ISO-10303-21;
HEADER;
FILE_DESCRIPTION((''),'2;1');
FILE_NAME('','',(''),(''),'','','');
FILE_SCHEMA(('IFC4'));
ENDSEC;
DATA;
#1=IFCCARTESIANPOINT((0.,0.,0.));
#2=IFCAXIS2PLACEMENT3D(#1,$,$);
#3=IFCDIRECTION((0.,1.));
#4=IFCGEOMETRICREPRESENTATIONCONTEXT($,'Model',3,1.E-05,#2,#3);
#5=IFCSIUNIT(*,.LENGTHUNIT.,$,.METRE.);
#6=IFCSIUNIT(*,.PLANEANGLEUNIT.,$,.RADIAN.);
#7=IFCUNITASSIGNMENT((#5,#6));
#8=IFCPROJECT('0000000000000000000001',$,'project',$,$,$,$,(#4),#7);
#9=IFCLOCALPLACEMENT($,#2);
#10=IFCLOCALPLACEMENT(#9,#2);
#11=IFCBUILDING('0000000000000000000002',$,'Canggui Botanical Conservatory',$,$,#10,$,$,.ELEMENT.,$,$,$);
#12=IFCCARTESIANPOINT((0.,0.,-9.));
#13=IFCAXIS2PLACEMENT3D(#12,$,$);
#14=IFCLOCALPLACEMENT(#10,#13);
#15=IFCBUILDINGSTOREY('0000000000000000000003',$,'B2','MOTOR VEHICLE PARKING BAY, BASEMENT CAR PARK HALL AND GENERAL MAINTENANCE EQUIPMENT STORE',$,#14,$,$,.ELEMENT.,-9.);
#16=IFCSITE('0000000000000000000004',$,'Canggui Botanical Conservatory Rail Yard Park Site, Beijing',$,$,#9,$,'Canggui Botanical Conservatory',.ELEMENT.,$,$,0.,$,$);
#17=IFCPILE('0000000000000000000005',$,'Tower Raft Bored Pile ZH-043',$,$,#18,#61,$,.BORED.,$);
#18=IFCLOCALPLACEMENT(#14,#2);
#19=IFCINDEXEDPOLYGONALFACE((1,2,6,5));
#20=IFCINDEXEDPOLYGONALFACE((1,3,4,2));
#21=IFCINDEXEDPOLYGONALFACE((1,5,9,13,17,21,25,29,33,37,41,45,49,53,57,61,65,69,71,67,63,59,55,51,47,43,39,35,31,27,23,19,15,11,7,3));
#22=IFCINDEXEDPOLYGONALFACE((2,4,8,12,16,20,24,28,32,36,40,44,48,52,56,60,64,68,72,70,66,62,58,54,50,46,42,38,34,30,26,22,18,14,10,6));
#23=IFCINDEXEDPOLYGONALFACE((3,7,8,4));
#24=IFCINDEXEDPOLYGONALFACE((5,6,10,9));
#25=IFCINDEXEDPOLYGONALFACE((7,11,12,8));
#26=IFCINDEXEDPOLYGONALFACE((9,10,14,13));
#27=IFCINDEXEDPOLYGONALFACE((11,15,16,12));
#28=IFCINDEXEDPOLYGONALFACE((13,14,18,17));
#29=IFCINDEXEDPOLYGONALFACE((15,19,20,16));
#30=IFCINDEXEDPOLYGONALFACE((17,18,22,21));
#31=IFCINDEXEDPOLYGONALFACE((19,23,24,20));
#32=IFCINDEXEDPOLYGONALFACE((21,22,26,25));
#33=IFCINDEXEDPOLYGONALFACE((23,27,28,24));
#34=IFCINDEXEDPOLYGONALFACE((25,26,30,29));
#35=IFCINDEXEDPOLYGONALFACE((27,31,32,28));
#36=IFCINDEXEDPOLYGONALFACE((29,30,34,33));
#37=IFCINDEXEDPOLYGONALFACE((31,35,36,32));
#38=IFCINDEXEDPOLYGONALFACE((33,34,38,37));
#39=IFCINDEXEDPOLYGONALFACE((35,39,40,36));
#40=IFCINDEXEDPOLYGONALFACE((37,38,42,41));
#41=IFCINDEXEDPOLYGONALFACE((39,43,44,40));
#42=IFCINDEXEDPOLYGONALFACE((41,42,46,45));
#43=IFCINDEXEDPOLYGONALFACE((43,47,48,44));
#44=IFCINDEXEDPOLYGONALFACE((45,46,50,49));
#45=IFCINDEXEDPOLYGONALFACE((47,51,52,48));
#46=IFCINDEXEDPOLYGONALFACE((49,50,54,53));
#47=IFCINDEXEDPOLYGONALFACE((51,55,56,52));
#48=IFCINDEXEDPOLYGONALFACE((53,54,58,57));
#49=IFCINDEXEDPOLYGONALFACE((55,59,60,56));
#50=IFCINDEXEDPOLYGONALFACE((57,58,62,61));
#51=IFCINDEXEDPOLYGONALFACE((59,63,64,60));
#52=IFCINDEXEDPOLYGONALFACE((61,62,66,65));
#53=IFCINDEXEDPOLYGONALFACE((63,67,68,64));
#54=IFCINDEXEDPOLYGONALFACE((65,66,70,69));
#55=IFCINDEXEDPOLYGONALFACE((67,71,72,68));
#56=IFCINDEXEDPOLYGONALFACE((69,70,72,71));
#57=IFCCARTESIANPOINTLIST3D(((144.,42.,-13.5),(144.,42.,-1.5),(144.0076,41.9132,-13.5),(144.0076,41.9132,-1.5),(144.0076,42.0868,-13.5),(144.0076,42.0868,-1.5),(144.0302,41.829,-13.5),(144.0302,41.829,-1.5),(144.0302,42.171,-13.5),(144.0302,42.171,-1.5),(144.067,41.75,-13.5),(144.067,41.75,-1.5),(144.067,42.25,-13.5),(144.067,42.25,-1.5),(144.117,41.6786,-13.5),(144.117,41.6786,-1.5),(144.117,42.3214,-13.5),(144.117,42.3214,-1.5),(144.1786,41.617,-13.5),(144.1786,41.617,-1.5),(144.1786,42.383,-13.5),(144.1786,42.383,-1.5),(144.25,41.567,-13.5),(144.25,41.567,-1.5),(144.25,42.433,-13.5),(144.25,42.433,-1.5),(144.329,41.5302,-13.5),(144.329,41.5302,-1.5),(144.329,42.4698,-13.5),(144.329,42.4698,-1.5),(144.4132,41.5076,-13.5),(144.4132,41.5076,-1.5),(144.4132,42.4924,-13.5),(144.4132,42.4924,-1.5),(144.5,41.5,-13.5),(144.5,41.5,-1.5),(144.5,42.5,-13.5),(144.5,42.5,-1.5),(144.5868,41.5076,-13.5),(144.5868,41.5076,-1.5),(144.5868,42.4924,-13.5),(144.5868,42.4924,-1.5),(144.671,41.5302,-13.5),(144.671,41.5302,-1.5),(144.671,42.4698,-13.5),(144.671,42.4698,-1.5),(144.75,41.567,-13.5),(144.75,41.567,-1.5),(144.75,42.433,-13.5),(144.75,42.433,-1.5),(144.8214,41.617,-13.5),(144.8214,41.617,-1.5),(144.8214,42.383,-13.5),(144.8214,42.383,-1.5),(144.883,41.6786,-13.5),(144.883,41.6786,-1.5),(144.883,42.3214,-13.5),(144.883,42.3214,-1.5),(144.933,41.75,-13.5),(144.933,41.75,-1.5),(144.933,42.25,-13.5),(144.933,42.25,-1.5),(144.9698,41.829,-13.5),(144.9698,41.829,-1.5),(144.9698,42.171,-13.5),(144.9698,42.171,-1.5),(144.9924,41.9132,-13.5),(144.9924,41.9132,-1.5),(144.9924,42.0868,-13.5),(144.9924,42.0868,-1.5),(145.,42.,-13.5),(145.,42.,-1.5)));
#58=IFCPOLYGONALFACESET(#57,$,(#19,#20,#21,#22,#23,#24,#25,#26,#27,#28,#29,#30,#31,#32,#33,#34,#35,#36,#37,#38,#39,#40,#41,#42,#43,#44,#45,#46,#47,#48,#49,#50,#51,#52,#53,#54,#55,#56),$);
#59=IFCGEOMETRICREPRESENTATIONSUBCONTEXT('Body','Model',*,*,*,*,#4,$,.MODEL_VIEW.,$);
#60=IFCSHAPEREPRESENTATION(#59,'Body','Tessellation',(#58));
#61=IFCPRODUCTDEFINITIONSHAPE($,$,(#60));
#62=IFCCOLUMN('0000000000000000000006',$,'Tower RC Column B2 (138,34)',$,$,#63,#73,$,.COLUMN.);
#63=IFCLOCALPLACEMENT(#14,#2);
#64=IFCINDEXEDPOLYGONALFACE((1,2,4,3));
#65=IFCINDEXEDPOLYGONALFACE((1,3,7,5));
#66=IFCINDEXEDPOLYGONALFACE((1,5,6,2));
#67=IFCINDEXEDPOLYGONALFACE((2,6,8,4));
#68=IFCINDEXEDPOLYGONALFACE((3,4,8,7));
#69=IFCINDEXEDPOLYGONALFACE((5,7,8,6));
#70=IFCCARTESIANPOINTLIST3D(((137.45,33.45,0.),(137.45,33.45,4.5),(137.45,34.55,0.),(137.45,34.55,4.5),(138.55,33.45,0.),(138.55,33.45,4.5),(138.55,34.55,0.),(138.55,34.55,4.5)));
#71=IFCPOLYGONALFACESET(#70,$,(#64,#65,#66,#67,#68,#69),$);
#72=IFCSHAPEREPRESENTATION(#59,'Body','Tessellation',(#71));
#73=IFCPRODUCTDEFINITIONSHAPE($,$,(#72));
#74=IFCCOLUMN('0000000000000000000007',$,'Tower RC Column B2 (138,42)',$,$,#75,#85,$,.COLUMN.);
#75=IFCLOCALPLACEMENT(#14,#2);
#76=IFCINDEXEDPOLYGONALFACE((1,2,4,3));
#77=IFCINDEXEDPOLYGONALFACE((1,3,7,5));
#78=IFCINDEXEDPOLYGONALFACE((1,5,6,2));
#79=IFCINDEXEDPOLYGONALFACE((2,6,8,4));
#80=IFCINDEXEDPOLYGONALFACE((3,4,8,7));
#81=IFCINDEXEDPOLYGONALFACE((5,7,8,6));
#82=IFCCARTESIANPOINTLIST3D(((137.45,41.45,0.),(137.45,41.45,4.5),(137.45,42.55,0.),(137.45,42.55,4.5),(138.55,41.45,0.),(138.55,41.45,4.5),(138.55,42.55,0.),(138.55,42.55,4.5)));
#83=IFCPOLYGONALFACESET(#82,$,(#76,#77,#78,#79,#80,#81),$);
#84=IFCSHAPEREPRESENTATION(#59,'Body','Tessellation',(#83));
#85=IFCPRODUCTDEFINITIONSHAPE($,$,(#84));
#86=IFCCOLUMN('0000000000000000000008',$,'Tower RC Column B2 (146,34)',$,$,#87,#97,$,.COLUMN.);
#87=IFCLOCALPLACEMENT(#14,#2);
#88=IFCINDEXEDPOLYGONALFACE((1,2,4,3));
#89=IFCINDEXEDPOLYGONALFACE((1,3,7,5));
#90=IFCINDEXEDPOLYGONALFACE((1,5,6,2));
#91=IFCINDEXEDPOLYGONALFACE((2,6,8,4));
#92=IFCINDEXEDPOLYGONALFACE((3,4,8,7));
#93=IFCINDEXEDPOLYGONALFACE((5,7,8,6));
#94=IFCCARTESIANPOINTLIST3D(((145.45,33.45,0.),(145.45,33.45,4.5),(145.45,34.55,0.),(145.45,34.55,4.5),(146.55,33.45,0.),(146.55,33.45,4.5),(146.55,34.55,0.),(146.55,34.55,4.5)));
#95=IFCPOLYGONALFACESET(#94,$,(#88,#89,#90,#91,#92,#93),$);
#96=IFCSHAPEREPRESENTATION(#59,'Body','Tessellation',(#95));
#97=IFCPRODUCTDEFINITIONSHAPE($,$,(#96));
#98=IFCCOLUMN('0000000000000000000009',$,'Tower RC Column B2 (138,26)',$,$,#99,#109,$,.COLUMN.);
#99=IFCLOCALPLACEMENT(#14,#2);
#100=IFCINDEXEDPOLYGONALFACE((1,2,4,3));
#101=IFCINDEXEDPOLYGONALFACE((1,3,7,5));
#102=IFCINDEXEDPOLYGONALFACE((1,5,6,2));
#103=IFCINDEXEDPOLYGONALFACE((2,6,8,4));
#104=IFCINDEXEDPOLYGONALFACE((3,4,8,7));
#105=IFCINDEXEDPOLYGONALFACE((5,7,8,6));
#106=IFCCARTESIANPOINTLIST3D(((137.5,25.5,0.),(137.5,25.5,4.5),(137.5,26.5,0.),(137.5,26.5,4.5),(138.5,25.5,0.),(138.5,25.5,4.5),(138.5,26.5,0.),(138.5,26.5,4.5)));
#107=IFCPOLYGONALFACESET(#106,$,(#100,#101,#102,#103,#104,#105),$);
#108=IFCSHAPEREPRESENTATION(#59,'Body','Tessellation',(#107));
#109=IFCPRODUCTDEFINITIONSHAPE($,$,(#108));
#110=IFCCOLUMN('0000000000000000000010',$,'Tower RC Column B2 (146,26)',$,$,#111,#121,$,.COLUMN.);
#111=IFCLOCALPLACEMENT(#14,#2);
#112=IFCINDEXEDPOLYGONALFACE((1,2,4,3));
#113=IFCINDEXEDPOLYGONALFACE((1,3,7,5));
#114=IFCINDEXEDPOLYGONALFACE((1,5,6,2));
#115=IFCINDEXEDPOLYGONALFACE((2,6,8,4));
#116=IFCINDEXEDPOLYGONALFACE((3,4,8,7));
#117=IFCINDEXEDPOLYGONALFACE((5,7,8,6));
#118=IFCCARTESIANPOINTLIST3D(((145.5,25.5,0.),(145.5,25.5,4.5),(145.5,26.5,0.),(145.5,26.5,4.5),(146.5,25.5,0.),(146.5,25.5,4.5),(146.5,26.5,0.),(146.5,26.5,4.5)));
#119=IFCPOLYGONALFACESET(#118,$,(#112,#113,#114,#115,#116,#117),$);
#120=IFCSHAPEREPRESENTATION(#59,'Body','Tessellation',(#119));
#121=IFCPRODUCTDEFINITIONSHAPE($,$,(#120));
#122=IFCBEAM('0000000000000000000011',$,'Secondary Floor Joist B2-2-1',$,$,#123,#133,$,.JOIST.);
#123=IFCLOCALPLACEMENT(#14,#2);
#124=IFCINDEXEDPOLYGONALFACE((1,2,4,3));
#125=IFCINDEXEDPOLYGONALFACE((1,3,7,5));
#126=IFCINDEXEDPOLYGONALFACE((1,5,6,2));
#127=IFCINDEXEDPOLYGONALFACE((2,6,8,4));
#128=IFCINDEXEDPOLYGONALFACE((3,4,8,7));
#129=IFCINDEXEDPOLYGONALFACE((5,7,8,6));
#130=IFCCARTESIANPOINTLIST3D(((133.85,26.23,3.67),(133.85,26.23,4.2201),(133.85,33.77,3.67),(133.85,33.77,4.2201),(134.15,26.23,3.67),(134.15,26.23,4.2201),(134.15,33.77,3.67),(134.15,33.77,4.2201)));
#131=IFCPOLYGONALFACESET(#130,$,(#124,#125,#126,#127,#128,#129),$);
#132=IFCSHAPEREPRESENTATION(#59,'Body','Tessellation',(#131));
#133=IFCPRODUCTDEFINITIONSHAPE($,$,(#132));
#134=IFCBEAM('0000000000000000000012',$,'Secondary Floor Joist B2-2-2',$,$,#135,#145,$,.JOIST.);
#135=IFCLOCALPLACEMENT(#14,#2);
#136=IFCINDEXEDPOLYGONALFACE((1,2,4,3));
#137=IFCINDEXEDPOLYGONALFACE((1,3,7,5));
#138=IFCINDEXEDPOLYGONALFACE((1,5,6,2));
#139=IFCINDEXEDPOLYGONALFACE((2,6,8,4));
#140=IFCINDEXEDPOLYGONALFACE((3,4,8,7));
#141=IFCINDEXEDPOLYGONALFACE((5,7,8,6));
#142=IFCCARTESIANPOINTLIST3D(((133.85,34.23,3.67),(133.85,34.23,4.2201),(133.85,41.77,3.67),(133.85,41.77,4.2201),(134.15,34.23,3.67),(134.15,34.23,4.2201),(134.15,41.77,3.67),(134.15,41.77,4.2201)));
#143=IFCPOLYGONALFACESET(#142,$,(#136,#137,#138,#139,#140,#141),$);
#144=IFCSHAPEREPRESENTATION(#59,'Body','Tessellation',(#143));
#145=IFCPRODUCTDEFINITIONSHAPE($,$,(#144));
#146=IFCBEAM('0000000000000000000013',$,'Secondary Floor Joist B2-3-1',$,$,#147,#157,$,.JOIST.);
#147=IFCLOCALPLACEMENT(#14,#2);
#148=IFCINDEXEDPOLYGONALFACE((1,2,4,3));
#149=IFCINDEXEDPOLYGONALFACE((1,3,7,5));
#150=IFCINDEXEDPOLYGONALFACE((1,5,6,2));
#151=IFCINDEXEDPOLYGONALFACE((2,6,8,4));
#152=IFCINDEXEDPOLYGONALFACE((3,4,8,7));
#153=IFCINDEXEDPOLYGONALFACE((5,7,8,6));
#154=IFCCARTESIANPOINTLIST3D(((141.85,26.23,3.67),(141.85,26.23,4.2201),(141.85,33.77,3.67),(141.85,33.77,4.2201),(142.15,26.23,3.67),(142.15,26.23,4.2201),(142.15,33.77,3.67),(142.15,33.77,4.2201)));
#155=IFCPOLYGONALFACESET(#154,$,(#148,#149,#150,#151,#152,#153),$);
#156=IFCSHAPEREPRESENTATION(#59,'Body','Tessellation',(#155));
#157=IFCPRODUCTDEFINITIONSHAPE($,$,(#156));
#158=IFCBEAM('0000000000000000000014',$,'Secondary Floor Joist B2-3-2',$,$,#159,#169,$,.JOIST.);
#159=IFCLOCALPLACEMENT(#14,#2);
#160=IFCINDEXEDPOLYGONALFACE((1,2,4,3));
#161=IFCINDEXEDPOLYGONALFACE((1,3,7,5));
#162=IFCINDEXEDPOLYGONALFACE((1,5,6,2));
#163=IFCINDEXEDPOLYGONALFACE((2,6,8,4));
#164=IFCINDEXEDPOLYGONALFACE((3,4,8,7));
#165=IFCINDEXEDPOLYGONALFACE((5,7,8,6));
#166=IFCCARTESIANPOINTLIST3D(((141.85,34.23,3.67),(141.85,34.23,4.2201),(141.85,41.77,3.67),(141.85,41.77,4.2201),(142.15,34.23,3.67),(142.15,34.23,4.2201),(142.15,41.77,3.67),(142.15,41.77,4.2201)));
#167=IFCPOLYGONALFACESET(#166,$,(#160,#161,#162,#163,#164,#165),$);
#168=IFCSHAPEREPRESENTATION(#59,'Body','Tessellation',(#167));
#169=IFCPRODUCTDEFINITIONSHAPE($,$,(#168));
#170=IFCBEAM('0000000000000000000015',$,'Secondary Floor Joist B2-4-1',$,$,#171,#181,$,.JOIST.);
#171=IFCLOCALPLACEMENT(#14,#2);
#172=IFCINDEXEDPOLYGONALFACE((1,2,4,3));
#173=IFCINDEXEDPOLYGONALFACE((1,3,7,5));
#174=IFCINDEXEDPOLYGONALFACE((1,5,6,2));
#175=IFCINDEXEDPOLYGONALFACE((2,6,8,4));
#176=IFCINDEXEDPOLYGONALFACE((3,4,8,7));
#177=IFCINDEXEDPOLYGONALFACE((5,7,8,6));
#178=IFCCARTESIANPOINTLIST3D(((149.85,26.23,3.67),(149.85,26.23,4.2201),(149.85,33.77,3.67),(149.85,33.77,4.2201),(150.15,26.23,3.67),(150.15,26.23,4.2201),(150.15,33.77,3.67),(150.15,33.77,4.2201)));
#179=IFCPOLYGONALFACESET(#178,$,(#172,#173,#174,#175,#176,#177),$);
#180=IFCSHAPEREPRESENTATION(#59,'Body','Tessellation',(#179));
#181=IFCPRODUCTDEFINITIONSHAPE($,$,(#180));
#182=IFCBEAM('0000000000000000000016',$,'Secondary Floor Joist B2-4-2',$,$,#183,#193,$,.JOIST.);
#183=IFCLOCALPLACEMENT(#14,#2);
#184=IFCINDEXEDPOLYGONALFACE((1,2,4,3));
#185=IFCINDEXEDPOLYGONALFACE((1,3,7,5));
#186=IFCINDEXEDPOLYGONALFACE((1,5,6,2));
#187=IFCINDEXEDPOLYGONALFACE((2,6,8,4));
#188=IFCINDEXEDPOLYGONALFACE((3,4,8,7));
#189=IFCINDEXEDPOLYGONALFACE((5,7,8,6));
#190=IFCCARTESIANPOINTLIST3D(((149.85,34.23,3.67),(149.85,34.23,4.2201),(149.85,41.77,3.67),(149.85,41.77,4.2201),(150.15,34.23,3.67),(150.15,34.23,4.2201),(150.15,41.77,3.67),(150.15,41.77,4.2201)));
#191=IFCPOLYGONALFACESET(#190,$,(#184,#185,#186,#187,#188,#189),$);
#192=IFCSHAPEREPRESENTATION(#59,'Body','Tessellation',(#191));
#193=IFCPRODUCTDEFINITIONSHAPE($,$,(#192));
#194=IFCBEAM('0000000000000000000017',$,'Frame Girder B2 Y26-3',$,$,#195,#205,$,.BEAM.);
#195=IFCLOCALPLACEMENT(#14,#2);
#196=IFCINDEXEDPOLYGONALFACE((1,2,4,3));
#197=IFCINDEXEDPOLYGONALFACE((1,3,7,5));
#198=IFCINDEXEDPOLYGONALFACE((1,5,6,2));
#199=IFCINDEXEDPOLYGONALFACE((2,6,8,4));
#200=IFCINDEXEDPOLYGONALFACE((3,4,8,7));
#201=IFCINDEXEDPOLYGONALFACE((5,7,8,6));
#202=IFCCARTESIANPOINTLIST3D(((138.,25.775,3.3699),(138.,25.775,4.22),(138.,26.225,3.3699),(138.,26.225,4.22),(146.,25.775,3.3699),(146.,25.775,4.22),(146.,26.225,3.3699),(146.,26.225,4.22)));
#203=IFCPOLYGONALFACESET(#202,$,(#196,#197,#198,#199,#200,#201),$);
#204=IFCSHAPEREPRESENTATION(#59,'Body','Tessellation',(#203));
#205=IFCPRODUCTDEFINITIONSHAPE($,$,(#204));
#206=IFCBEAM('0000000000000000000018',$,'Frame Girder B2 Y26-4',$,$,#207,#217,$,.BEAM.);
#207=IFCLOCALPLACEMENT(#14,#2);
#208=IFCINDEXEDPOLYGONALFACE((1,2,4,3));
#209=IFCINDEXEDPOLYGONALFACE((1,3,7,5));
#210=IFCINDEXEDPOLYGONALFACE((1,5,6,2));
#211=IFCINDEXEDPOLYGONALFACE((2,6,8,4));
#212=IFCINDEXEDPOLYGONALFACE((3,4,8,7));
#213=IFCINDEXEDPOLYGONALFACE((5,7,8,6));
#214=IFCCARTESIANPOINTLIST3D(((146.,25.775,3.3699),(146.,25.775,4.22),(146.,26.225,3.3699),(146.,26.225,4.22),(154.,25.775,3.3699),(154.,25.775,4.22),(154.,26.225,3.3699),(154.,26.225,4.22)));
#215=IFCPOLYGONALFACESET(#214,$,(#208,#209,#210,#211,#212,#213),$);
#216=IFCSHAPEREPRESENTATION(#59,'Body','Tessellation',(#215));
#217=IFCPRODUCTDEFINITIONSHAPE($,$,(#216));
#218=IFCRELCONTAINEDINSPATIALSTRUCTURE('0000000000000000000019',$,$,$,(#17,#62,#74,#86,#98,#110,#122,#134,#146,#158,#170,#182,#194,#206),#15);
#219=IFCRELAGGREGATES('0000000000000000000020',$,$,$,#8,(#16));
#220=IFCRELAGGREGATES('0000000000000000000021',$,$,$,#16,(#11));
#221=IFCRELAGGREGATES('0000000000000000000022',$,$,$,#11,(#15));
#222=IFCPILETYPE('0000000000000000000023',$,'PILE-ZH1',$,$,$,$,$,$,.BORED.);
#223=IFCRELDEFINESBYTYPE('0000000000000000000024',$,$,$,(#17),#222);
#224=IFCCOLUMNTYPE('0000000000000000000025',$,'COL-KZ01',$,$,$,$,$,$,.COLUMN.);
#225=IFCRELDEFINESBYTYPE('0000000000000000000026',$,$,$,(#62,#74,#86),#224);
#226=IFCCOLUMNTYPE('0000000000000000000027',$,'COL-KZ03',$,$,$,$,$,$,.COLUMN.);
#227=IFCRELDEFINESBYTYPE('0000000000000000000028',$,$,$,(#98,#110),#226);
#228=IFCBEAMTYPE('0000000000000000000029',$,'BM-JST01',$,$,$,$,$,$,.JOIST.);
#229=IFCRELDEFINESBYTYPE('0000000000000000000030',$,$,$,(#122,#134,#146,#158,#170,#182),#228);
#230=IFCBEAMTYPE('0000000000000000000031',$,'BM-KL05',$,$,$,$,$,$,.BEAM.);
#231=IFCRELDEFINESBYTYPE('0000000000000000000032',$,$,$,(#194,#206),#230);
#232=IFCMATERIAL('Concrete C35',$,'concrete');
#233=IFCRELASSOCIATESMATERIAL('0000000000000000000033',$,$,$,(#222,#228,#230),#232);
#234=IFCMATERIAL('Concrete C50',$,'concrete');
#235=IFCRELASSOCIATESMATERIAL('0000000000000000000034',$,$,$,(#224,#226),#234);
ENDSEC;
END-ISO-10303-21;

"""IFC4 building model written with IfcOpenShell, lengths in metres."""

from ifc_helpers import new_model, si_unit, direction, frame, origin, origin_2d, place, context, subcontext, project, spatial, rectangle, circle, extrude, material, material_profile, profile_set, type_object, element, save


model = new_model("IFC4")

# Units and contexts
model_context = context("Model", 3, precision=1e-05, world=origin(), true_north=direction((0.0, 1.0)))
body_context = subcontext(model_context, "Body", "Model", "MODEL_VIEW")
ifc_project = project(units=[si_unit("LENGTHUNIT", "METRE"), si_unit("PLANEANGLEUNIT", "RADIAN")], contexts=[model_context])

# Site, building, storey
site_placement = place(None, origin())
site = spatial("IfcSite", under=ifc_project, at=site_placement, Name="Canggui Botanical Conservatory Rail Yard Park Site, Beijing", LongName="Canggui Botanical Conservatory", CompositionType="ELEMENT", RefElevation=0.0)
building_placement = place(site_placement, origin())
building = spatial("IfcBuilding", under=site, at=building_placement, Name="Canggui Botanical Conservatory", CompositionType="ELEMENT")
storey_placement = place(building_placement, frame((0.0, 0.0, -9.0)))
storey = spatial("IfcBuildingStorey", under=building, at=storey_placement, Name="B2", Description="MOTOR VEHICLE PARKING BAY, BASEMENT CAR PARK HALL AND GENERAL MAINTENANCE EQUIPMENT STORE", CompositionType="ELEMENT", Elevation=-9.0)

# Pile
ifc_material_1 = material(Name="Concrete C35", Category="concrete")
ifc_material_profile_1 = material_profile(ifc_material_1, circle(Radius=0.5, at=origin_2d()), Name="PILE D1000")
ifc_profile_set_1 = profile_set([ifc_material_profile_1], Name="Concrete C35")
pile_type = type_object("IfcPileType", Name="PILE-ZH1", PredefinedType="BORED", material=ifc_profile_set_1)
for number, where, z_axis, x_axis, name in (
    (1, (144.5, 42.0, -1.5), (0.0, 0.0, -1.0), (1.0, 0.0, 0.0), "Tower Raft Bored Pile ZH-043"),
):
    element("IfcPile", number, at=place(storey_placement, frame(where, z_axis=z_axis, x_axis=x_axis)), inside=storey, type_object=pile_type, Name=name, PredefinedType="BORED", context=body_context, shape_type="SweptSolid", body=[
        extrude(circle(Radius=0.5, at=origin_2d()), origin(), (0.0, 0.0, 1.0), 12.0),
    ])

# Columns
ifc_material_2 = material(Name="Concrete C50", Category="concrete")
ifc_material_profile_2 = material_profile(ifc_material_2, rectangle(XDim=1.1001, YDim=1.1001, at=origin_2d()), Name="RC 1100x1100")
ifc_profile_set_2 = profile_set([ifc_material_profile_2], Name="Concrete C50")
column_type_1 = type_object("IfcColumnType", Name="COL-KZ01", PredefinedType="COLUMN", material=ifc_profile_set_2)
for number, where, z_axis, x_axis, name in (
    (2, (138.0, 34.0, 0.0), (0.0, 0.0, 1.0), (1.0, 0.0, 0.0), "Tower RC Column B2 (138,34)"),
    (3, (138.0, 42.0, 0.0), (0.0, 0.0, 1.0), (1.0, 0.0, 0.0), "Tower RC Column B2 (138,42)"),
    (4, (146.0, 34.0, 0.0), (0.0, 0.0, 1.0), (1.0, 0.0, 0.0), "Tower RC Column B2 (146,34)"),
):
    element("IfcColumn", number, at=place(storey_placement, frame(where, z_axis=z_axis, x_axis=x_axis)), inside=storey, type_object=column_type_1, Name=name, PredefinedType="COLUMN", context=body_context, shape_type="SweptSolid", body=[
        extrude(rectangle(XDim=1.1001, YDim=1.1001, at=origin_2d()), origin(), (0.0, 0.0, 1.0), 4.5),
    ])
ifc_material_profile_3 = material_profile(ifc_material_2, rectangle(XDim=1.0, YDim=1.0, at=origin_2d()), Name="RC 1000x1000")
ifc_profile_set_3 = profile_set([ifc_material_profile_3], Name="Concrete C50")
column_type_2 = type_object("IfcColumnType", Name="COL-KZ03", PredefinedType="COLUMN", material=ifc_profile_set_3)
for number, where, z_axis, x_axis, name in (
    (5, (138.0, 26.0, 0.0), (0.0, 0.0, 1.0), (1.0, 0.0, 0.0), "Tower RC Column B2 (138,26)"),
    (6, (146.0, 26.0, 0.0), (0.0, 0.0, 1.0), (1.0, 0.0, 0.0), "Tower RC Column B2 (146,26)"),
):
    element("IfcColumn", number, at=place(storey_placement, frame(where, z_axis=z_axis, x_axis=x_axis)), inside=storey, type_object=column_type_2, Name=name, PredefinedType="COLUMN", context=body_context, shape_type="SweptSolid", body=[
        extrude(rectangle(XDim=1.0, YDim=1.0, at=origin_2d()), origin(), (0.0, 0.0, 1.0), 4.5),
    ])

# Beams
ifc_material_profile_4 = material_profile(ifc_material_1, rectangle(XDim=0.3, YDim=0.55, at=origin_2d()), Name="RB 300x550")
ifc_profile_set_4 = profile_set([ifc_material_profile_4], Name="Concrete C35")
beam_type_1 = type_object("IfcBeamType", Name="BM-JST01", PredefinedType="JOIST", material=ifc_profile_set_4)
for number, where, z_axis, x_axis, name in (
    (7, (134.0, 26.23, 3.9451), (0.0, 1.0, 0.0), (-1.0, 0.0, 0.0), "Secondary Floor Joist B2-2-1"),
    (8, (134.0, 34.23, 3.9451), (0.0, 1.0, 0.0), (-1.0, 0.0, 0.0), "Secondary Floor Joist B2-2-2"),
    (9, (142.0, 26.23, 3.9451), (0.0, 1.0, 0.0), (-1.0, 0.0, 0.0), "Secondary Floor Joist B2-3-1"),
    (10, (142.0, 34.23, 3.9451), (0.0, 1.0, 0.0), (-1.0, 0.0, 0.0), "Secondary Floor Joist B2-3-2"),
    (11, (150.0, 26.23, 3.9451), (0.0, 1.0, 0.0), (-1.0, 0.0, 0.0), "Secondary Floor Joist B2-4-1"),
    (12, (150.0, 34.23, 3.9451), (0.0, 1.0, 0.0), (-1.0, 0.0, 0.0), "Secondary Floor Joist B2-4-2"),
):
    element("IfcBeam", number, at=place(storey_placement, frame(where, z_axis=z_axis, x_axis=x_axis)), inside=storey, type_object=beam_type_1, Name=name, PredefinedType="JOIST", context=body_context, shape_type="SweptSolid", body=[
        extrude(rectangle(XDim=0.3, YDim=0.55, at=origin_2d()), origin(), (0.0, 0.0, 1.0), 7.54),
    ])
ifc_material_profile_5 = material_profile(ifc_material_1, rectangle(XDim=0.45, YDim=0.8501, at=origin_2d()), Name="RB 450x850")
ifc_profile_set_5 = profile_set([ifc_material_profile_5], Name="Concrete C35")
beam_type_2 = type_object("IfcBeamType", Name="BM-KL05", PredefinedType="BEAM", material=ifc_profile_set_5)
for number, where, z_axis, x_axis, name in (
    (13, (138.0, 26.0, 3.7949), (1.0, 0.0, 0.0), (0.0, 1.0, 0.0), "Frame Girder B2 Y26-3"),
    (14, (146.0, 26.0, 3.7949), (1.0, 0.0, 0.0), (0.0, 1.0, 0.0), "Frame Girder B2 Y26-4"),
):
    element("IfcBeam", number, at=place(storey_placement, frame(where, z_axis=z_axis, x_axis=x_axis)), inside=storey, type_object=beam_type_2, Name=name, PredefinedType="BEAM", context=body_context, shape_type="SweptSolid", body=[
        extrude(rectangle(XDim=0.45, YDim=0.8501, at=origin_2d()), origin(), (0.0, 0.0, 1.0), 8.0),
    ])

save(model, "model.ifc")
